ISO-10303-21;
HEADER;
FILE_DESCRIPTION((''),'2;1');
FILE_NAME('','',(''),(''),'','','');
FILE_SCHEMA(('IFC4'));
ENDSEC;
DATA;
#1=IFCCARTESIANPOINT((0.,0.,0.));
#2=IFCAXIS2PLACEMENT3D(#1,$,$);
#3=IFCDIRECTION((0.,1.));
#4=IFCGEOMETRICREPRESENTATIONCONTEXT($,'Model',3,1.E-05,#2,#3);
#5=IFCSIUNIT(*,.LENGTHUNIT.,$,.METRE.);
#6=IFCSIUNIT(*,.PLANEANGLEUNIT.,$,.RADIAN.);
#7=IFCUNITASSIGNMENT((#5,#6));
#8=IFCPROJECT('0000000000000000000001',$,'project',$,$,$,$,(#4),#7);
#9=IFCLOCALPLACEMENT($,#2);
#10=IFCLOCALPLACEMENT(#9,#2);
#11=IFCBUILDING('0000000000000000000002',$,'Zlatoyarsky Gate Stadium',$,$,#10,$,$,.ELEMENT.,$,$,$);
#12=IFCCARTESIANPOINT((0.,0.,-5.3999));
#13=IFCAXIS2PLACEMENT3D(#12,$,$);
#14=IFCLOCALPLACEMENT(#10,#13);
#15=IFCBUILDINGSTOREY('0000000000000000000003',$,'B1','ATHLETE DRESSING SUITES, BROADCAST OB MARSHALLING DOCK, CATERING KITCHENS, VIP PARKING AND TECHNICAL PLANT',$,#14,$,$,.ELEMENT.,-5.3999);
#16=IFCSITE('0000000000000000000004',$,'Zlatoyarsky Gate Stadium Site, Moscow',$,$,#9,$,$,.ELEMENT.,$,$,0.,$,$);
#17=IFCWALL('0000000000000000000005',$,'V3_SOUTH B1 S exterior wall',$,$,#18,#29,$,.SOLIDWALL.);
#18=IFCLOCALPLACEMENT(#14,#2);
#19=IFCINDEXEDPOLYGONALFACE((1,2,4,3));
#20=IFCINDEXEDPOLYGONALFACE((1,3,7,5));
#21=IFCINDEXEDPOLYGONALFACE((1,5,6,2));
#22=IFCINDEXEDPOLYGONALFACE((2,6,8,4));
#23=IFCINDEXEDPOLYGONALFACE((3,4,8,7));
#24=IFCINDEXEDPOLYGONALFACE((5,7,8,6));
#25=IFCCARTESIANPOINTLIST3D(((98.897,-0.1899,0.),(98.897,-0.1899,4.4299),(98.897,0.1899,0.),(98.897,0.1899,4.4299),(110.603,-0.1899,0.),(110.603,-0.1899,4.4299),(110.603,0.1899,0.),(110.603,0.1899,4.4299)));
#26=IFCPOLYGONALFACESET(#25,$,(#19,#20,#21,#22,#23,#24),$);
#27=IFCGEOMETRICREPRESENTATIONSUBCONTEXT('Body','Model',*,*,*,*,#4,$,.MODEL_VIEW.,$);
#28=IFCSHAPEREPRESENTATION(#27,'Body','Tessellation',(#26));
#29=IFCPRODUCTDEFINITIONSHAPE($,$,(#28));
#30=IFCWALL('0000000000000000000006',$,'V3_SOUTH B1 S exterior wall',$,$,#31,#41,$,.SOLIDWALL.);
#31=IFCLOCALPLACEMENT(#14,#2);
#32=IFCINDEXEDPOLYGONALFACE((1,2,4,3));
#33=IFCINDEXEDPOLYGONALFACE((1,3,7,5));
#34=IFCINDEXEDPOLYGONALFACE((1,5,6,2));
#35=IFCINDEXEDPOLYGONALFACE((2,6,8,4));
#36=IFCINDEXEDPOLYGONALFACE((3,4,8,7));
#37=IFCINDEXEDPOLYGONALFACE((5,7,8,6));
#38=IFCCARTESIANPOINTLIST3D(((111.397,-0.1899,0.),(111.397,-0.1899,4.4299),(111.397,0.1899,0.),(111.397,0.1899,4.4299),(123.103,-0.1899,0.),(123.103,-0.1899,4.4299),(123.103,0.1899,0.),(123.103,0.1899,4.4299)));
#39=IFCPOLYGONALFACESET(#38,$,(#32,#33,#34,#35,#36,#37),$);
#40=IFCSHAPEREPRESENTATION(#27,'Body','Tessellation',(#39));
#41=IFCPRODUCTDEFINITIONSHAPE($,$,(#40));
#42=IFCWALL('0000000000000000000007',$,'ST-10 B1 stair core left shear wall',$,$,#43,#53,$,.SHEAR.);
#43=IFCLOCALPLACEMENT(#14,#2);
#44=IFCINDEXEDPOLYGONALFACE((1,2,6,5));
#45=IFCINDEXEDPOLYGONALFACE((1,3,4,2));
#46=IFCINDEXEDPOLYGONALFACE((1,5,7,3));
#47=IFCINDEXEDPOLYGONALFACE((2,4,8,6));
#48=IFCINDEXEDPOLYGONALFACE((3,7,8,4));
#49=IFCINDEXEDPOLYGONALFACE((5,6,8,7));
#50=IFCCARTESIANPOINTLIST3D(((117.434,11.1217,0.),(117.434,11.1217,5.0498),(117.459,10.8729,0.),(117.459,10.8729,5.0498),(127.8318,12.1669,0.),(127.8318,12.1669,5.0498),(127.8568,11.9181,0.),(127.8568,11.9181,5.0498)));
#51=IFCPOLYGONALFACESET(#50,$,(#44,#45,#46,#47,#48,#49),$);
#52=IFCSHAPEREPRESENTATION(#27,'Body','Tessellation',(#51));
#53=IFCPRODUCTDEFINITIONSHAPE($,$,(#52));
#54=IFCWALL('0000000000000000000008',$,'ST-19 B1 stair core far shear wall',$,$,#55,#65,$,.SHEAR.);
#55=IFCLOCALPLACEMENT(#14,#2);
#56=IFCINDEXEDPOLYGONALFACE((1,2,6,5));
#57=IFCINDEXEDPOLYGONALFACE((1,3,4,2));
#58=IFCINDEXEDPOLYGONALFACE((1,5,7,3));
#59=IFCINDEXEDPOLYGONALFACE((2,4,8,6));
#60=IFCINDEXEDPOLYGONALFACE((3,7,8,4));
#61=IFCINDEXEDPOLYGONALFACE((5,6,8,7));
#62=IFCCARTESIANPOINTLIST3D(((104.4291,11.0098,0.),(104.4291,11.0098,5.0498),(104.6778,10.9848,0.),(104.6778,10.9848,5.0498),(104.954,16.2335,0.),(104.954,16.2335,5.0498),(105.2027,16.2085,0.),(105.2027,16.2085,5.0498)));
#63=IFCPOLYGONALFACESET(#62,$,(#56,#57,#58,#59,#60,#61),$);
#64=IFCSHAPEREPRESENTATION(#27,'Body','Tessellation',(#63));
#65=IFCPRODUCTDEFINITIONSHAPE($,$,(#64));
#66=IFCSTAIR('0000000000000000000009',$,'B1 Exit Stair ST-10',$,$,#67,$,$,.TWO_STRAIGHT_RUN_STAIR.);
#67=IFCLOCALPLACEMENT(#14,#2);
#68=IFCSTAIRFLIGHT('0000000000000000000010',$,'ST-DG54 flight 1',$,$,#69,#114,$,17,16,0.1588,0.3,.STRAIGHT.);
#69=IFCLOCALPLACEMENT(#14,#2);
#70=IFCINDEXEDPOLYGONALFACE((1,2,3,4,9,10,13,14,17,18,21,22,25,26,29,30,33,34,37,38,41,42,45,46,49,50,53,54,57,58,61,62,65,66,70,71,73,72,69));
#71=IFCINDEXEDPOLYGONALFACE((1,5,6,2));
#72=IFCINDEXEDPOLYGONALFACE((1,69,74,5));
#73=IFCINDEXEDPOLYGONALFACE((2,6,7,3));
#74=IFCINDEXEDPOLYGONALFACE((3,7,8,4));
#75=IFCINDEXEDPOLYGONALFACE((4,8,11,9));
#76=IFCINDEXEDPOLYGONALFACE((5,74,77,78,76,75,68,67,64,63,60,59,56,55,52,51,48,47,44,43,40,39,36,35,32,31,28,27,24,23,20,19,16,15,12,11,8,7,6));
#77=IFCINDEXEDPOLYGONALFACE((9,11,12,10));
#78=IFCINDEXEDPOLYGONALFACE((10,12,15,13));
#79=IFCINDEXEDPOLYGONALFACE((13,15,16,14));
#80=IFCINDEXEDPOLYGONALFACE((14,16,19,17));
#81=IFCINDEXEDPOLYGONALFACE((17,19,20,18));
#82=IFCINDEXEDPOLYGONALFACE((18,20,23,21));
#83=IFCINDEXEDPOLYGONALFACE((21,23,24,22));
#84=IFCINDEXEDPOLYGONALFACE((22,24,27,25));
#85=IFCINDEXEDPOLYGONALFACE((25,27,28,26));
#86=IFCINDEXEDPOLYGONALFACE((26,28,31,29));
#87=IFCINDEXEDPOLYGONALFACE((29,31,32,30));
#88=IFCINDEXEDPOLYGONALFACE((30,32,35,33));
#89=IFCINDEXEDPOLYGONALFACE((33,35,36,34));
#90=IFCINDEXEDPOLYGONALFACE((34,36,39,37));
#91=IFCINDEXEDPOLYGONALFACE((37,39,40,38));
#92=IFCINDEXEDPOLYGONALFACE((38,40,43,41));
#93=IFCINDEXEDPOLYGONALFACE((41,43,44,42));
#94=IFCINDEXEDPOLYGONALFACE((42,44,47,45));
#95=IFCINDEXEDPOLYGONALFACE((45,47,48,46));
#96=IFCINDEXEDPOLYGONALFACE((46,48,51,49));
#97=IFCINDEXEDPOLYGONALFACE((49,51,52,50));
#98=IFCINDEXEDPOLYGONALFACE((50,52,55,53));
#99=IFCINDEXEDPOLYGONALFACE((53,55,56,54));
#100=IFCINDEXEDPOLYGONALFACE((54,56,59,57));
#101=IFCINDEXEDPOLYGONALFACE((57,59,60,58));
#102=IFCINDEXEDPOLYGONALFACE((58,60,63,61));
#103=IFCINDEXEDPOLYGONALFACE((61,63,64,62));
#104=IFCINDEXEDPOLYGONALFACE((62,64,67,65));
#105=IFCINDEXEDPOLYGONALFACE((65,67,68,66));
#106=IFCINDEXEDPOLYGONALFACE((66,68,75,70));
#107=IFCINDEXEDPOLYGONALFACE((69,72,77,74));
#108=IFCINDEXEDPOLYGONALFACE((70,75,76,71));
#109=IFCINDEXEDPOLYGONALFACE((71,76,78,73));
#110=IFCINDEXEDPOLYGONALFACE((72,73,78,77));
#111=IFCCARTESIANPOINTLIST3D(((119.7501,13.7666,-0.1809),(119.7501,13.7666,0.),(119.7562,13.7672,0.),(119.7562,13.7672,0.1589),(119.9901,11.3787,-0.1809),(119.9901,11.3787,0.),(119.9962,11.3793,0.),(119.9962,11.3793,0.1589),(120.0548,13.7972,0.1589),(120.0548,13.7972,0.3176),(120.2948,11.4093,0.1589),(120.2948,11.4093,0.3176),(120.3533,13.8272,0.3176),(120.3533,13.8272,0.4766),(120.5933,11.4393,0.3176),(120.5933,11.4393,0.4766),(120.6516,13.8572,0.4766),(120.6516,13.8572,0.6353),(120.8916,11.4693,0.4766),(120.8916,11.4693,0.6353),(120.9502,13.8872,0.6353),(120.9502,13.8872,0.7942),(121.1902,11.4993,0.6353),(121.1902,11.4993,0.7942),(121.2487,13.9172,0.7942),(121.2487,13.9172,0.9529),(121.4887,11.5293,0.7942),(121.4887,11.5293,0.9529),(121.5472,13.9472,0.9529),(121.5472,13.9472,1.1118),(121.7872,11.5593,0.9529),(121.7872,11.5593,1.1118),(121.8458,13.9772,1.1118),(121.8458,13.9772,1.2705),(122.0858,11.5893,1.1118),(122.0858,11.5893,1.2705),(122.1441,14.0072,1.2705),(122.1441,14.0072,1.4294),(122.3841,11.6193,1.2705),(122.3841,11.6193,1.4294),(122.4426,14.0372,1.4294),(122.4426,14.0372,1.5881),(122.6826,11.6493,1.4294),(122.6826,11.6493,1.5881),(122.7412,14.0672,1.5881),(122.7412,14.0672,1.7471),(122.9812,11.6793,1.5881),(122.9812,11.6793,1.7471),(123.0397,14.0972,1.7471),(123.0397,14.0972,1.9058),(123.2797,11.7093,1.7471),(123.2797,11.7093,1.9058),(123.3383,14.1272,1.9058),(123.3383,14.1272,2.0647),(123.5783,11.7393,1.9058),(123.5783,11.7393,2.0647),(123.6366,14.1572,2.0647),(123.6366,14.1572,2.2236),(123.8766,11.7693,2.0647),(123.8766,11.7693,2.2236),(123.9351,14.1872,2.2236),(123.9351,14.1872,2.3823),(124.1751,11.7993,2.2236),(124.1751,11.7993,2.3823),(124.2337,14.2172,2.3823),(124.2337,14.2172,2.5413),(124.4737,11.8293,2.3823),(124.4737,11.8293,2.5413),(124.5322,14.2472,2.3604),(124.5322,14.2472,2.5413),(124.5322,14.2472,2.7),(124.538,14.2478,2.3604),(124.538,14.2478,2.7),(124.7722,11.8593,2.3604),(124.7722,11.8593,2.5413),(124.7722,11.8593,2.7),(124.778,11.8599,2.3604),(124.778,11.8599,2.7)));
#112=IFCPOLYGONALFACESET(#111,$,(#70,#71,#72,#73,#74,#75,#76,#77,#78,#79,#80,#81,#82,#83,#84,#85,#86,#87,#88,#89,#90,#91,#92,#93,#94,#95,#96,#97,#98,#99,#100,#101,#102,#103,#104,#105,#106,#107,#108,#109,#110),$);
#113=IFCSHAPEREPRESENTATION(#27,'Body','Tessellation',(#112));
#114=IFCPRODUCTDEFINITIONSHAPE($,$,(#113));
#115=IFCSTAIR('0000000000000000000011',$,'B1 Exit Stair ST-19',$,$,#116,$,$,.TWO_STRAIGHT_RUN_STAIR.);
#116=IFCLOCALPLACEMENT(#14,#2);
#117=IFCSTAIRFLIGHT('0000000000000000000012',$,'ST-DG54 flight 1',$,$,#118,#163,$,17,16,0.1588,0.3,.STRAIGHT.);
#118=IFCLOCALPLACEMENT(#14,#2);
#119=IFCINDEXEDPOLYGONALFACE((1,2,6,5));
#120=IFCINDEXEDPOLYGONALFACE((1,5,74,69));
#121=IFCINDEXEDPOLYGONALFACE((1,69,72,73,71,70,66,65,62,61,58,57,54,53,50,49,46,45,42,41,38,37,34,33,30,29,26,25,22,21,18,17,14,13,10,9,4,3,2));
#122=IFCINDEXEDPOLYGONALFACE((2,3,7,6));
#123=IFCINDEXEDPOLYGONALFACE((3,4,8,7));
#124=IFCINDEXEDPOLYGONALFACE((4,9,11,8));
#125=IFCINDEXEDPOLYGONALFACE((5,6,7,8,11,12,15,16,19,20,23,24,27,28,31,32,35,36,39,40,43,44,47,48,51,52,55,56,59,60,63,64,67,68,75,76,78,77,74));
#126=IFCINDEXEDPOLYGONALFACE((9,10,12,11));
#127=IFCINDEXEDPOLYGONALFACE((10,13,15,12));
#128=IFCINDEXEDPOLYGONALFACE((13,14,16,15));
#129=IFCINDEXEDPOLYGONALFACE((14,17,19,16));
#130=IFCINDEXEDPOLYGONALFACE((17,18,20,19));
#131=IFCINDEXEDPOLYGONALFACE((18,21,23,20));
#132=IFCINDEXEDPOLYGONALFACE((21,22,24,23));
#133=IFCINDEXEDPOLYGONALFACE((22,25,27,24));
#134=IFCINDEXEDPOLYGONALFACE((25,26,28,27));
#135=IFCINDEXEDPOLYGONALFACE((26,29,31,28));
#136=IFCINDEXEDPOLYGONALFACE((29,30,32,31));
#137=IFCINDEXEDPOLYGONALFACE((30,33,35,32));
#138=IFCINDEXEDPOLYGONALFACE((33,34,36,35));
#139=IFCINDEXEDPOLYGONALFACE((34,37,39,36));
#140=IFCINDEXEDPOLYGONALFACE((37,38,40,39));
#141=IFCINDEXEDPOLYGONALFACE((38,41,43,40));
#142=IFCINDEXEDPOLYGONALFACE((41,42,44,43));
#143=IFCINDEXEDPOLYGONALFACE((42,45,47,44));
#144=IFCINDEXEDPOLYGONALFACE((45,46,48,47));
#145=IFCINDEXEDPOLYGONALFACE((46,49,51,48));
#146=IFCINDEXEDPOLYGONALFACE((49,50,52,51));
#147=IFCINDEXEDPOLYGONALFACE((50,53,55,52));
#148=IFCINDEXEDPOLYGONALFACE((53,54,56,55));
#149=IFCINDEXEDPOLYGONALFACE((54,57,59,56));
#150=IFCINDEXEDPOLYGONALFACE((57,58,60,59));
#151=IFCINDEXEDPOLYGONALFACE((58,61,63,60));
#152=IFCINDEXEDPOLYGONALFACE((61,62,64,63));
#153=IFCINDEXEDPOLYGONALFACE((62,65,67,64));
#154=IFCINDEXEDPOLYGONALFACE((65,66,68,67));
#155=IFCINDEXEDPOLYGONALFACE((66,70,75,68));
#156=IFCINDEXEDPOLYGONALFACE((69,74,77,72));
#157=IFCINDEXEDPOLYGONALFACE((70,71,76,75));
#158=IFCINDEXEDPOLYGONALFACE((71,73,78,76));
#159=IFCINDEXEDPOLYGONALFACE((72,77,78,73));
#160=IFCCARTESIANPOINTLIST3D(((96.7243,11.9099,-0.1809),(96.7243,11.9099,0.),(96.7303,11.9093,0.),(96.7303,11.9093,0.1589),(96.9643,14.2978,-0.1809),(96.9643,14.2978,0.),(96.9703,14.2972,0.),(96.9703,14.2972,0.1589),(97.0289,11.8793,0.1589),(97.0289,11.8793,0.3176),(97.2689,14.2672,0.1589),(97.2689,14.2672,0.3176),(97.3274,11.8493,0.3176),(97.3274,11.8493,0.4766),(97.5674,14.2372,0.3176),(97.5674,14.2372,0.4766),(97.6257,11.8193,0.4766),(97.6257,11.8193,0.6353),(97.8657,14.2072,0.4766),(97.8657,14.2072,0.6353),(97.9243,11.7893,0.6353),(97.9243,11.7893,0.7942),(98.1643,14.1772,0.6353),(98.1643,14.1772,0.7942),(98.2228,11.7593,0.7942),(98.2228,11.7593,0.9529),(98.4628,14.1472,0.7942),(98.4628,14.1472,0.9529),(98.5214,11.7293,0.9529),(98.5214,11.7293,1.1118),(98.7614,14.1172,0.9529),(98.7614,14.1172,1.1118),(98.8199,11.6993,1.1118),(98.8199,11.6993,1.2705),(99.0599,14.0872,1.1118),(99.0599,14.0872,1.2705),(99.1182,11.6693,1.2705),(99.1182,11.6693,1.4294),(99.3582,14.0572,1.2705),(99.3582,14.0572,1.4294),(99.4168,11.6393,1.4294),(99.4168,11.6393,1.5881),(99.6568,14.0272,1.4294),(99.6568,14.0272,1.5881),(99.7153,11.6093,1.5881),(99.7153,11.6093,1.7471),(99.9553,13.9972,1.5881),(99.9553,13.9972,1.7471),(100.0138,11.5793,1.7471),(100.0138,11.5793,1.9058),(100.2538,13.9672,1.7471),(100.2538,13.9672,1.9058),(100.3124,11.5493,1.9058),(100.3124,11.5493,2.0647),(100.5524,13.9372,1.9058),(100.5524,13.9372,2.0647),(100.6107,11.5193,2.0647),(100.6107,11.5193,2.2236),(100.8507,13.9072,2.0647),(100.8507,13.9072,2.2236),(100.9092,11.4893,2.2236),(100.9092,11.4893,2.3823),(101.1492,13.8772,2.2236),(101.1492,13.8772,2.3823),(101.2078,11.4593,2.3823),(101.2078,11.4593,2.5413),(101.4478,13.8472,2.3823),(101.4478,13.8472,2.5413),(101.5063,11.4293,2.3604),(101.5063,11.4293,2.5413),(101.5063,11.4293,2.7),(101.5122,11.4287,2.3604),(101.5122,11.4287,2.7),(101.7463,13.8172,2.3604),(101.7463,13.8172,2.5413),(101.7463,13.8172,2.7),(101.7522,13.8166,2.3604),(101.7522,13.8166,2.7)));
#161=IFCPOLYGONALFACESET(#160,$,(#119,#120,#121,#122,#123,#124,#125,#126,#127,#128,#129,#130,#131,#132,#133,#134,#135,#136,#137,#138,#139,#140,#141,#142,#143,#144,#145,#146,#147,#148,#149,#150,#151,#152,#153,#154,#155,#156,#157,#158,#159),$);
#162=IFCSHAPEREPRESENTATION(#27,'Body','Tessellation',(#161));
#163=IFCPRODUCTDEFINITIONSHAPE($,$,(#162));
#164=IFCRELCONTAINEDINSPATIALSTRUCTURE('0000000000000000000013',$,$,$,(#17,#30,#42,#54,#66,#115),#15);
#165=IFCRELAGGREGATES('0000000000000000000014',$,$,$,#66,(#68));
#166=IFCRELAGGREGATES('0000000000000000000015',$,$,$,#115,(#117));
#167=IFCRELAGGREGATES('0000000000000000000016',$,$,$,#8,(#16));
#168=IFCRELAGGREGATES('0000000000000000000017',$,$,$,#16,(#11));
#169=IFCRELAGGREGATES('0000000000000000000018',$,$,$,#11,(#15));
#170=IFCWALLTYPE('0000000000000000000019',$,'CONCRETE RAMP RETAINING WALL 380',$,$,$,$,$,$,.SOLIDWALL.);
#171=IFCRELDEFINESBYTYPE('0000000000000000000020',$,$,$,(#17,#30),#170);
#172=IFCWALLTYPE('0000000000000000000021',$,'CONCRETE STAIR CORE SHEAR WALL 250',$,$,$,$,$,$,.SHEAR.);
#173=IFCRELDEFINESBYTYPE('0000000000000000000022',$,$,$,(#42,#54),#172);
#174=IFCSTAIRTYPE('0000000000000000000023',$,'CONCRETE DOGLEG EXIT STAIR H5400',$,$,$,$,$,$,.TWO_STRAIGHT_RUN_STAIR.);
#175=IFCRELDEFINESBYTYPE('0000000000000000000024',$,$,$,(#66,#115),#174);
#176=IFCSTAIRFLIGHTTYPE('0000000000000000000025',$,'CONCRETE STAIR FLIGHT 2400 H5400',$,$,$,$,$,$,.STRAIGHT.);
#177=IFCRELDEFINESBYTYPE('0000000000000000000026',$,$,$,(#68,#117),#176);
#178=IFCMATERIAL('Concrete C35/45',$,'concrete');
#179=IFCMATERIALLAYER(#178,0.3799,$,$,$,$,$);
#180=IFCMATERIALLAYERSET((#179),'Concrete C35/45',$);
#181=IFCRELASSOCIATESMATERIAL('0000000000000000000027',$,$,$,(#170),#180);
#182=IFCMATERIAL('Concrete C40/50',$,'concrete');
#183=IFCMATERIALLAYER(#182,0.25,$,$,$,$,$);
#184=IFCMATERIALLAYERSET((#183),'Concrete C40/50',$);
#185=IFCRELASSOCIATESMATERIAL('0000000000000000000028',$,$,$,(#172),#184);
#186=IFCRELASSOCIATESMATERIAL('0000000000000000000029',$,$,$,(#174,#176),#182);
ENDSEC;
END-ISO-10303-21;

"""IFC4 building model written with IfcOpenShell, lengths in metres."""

from ifc_helpers import new_model, si_unit, direction, frame, frame_2d, origin, place, context, subcontext, project, spatial, polyline, rectangle, outline, extrude, material, layer, layer_set, type_object, element, aggregate, save


model = new_model("IFC4")

# Units and contexts
model_context = context("Model", 3, precision=1e-05, world=origin(), true_north=direction((0.0, 1.0)))
body_context = subcontext(model_context, "Body", "Model", "MODEL_VIEW")
ifc_project = project(units=[si_unit("LENGTHUNIT", "METRE"), si_unit("PLANEANGLEUNIT", "RADIAN")], contexts=[model_context])

# Site, building, storey
site_placement = place(None, origin())
site = spatial("IfcSite", under=ifc_project, at=site_placement, Name="Zlatoyarsky Gate Stadium Site, Moscow", CompositionType="ELEMENT", RefElevation=0.0)
building_placement = place(site_placement, origin())
building = spatial("IfcBuilding", under=site, at=building_placement, Name="Zlatoyarsky Gate Stadium", CompositionType="ELEMENT")
storey_placement = place(building_placement, frame((0.0, 0.0, -5.3999)))
storey = spatial("IfcBuildingStorey", under=building, at=storey_placement, Name="B1", Description="ATHLETE DRESSING SUITES, BROADCAST OB MARSHALLING DOCK, CATERING KITCHENS, VIP PARKING AND TECHNICAL PLANT", CompositionType="ELEMENT", Elevation=-5.3999)

# Shared definitions
ifc_material_1 = material(Name="Concrete C35/45", Category="concrete")

# Shared definitions
ifc_material_2 = material(Name="Concrete C40/50", Category="concrete")

# Walls
ifc_layer_1 = layer(ifc_material_1, 0.3799)
ifc_layer_set_1 = layer_set([ifc_layer_1], Name="Concrete C35/45")
wall_type_1 = type_object("IfcWallType", Name="CONCRETE RAMP RETAINING WALL 380", PredefinedType="SOLIDWALL", material=ifc_layer_set_1)
for number, where, z_axis, x_axis, name in (
    (1, (98.897, 0.0, 0.0), (0.0, 0.0, 1.0), (1.0, 0.0, 0.0), "V3_SOUTH B1 S exterior wall"),
    (2, (111.397, 0.0, 0.0), (0.0, 0.0, 1.0), (1.0, 0.0, 0.0), "V3_SOUTH B1 S exterior wall"),
):
    element("IfcWall", number, at=place(storey_placement, frame(where, z_axis=z_axis, x_axis=x_axis)), inside=storey, type_object=wall_type_1, Name=name, PredefinedType="SOLIDWALL", context=body_context, shape_type="SweptSolid", body=[
        extrude(rectangle(XDim=11.7061, YDim=0.3799, at=frame_2d((5.853, 0.0))), origin(), (0.0, 0.0, 1.0), 4.4299),
    ])
ifc_layer_2 = layer(ifc_material_2, 0.25)
ifc_layer_set_2 = layer_set([ifc_layer_2], Name="Concrete C40/50")
wall_type_2 = type_object("IfcWallType", Name="CONCRETE STAIR CORE SHEAR WALL 250", PredefinedType="SHEAR", material=ifc_layer_set_2)
wall_1_placement = place(storey_placement, frame((117.4465, 10.9973, 0.0), z_axis=(0.0, 0.0, 1.0), x_axis=(0.994986, 0.100015, 0.0)))
element("IfcWall", 3, at=wall_1_placement, inside=storey, type_object=wall_type_2, Name="ST-10 B1 stair core left shear wall", PredefinedType="SHEAR", context=body_context, shape_type="SweptSolid", body=[
    extrude(rectangle(XDim=10.4502, YDim=0.25, at=frame_2d((5.2251, 0.0))), origin(), (0.0, 0.0, 1.0), 5.0498),
])
wall_2_placement = place(storey_placement, frame((104.5535, 10.9973, 0.0), z_axis=(0.0, 0.0, 1.0), x_axis=(0.099983, 0.994989, 0.0)))
element("IfcWall", 4, at=wall_2_placement, inside=storey, type_object=wall_type_2, Name="ST-19 B1 stair core far shear wall", PredefinedType="SHEAR", context=body_context, shape_type="SweptSolid", body=[
    extrude(rectangle(XDim=5.25, YDim=0.25, at=frame_2d((2.625, 0.0))), origin(), (0.0, 0.0, 1.0), 5.0498),
])

# Stair, stair flight
stair_type = type_object("IfcStairType", Name="CONCRETE DOGLEG EXIT STAIR H5400", PredefinedType="TWO_STRAIGHT_RUN_STAIR", material=ifc_material_2)
stair_1_placement = place(storey_placement, origin())
stair_1 = element("IfcStair", 5, at=stair_1_placement, inside=storey, type_object=stair_type, Name="B1 Exit Stair ST-10", PredefinedType="TWO_STRAIGHT_RUN_STAIR")
stair_flight_type = type_object("IfcStairFlightType", Name="CONCRETE STAIR FLIGHT 2400 H5400", PredefinedType="STRAIGHT", material=ifc_material_2)
stair_flight_1_placement = place(storey_placement, frame((119.8762, 12.5732, 0.0), z_axis=(0.0, 0.0, 1.0), x_axis=(0.994987, 0.100006, 0.0)))
stair_flight_1 = element("IfcStairFlight", 6, at=stair_flight_1_placement, type_object=stair_flight_type, Name="ST-DG54 flight 1", NumberOfRisers=17, NumberOfTreads=16, PredefinedType="STRAIGHT", RiserHeight=0.1588, TreadLength=0.3, context=body_context, shape_type="SweptSolid", body=[
    extrude(outline(polyline([(-0.0061, -0.1809), (-0.0061, 0.0), (0.0, 0.0), (0.0, 0.1589), (0.3, 0.1589), (0.3, 0.3176), (0.6001, 0.3176), (0.6001, 0.4766), (0.8999, 0.4766), (0.8999, 0.6353), (1.2, 0.6353), (1.2, 0.7942), (1.5, 0.7942), (1.5, 0.9529), (1.8, 0.9529), (1.8, 1.1118), (2.1001, 1.1118), (2.1001, 1.2705), (2.3999, 1.2705), (2.3999, 1.4294), (2.7, 1.4294), (2.7, 1.5881), (3.0, 1.5881), (3.0, 1.7471), (3.3, 1.7471), (3.3, 1.9058), (3.6001, 1.9058), (3.6001, 2.0647), (3.8999, 2.0647), (3.8999, 2.2236), (4.2, 2.2236), (4.2, 2.3823), (4.5, 2.3823), (4.5, 2.5413), (4.8, 2.5413), (4.8, 2.7), (4.8059, 2.7), (4.8059, 2.3604), (4.8, 2.3604), (-0.0061, -0.1809)])), frame((0.0, 1.2, 0.0), z_axis=(0.0, -1.0, 0.0), x_axis=(1.0, 0.0, 0.0)), (0.0, 0.0, 1.0), 2.3999),
])
aggregate(stair_1, [stair_flight_1])

# Stair, stair flight
stair_2_placement = place(storey_placement, origin())
stair_2 = element("IfcStair", 7, at=stair_2_placement, inside=storey, type_object=stair_type, Name="B1 Exit Stair ST-19", PredefinedType="TWO_STRAIGHT_RUN_STAIR")
stair_flight_2_placement = place(storey_placement, frame((96.8503, 13.1033, 0.0), z_axis=(0.0, 0.0, 1.0), x_axis=(0.994987, -0.100006, 0.0)))
stair_flight_2 = element("IfcStairFlight", 8, at=stair_flight_2_placement, type_object=stair_flight_type, Name="ST-DG54 flight 1", NumberOfRisers=17, NumberOfTreads=16, PredefinedType="STRAIGHT", RiserHeight=0.1588, TreadLength=0.3, context=body_context, shape_type="SweptSolid", body=[
    extrude(outline(polyline([(-0.0061, -0.1809), (-0.0061, 0.0), (0.0, 0.0), (0.0, 0.1589), (0.3, 0.1589), (0.3, 0.3176), (0.6001, 0.3176), (0.6001, 0.4766), (0.8999, 0.4766), (0.8999, 0.6353), (1.2, 0.6353), (1.2, 0.7942), (1.5, 0.7942), (1.5, 0.9529), (1.8, 0.9529), (1.8, 1.1118), (2.1001, 1.1118), (2.1001, 1.2705), (2.3999, 1.2705), (2.3999, 1.4294), (2.7, 1.4294), (2.7, 1.5881), (3.0, 1.5881), (3.0, 1.7471), (3.3, 1.7471), (3.3, 1.9058), (3.6001, 1.9058), (3.6001, 2.0647), (3.8999, 2.0647), (3.8999, 2.2236), (4.2, 2.2236), (4.2, 2.3823), (4.5, 2.3823), (4.5, 2.5413), (4.8, 2.5413), (4.8, 2.7), (4.8059, 2.7), (4.8059, 2.3604), (4.8, 2.3604), (-0.0061, -0.1809)])), frame((0.0, 1.2, 0.0), z_axis=(0.0, -1.0, 0.0), x_axis=(1.0, 0.0, 0.0)), (0.0, 0.0, 1.0), 2.3999),
])
aggregate(stair_2, [stair_flight_2])

save(model, "model.ifc")
